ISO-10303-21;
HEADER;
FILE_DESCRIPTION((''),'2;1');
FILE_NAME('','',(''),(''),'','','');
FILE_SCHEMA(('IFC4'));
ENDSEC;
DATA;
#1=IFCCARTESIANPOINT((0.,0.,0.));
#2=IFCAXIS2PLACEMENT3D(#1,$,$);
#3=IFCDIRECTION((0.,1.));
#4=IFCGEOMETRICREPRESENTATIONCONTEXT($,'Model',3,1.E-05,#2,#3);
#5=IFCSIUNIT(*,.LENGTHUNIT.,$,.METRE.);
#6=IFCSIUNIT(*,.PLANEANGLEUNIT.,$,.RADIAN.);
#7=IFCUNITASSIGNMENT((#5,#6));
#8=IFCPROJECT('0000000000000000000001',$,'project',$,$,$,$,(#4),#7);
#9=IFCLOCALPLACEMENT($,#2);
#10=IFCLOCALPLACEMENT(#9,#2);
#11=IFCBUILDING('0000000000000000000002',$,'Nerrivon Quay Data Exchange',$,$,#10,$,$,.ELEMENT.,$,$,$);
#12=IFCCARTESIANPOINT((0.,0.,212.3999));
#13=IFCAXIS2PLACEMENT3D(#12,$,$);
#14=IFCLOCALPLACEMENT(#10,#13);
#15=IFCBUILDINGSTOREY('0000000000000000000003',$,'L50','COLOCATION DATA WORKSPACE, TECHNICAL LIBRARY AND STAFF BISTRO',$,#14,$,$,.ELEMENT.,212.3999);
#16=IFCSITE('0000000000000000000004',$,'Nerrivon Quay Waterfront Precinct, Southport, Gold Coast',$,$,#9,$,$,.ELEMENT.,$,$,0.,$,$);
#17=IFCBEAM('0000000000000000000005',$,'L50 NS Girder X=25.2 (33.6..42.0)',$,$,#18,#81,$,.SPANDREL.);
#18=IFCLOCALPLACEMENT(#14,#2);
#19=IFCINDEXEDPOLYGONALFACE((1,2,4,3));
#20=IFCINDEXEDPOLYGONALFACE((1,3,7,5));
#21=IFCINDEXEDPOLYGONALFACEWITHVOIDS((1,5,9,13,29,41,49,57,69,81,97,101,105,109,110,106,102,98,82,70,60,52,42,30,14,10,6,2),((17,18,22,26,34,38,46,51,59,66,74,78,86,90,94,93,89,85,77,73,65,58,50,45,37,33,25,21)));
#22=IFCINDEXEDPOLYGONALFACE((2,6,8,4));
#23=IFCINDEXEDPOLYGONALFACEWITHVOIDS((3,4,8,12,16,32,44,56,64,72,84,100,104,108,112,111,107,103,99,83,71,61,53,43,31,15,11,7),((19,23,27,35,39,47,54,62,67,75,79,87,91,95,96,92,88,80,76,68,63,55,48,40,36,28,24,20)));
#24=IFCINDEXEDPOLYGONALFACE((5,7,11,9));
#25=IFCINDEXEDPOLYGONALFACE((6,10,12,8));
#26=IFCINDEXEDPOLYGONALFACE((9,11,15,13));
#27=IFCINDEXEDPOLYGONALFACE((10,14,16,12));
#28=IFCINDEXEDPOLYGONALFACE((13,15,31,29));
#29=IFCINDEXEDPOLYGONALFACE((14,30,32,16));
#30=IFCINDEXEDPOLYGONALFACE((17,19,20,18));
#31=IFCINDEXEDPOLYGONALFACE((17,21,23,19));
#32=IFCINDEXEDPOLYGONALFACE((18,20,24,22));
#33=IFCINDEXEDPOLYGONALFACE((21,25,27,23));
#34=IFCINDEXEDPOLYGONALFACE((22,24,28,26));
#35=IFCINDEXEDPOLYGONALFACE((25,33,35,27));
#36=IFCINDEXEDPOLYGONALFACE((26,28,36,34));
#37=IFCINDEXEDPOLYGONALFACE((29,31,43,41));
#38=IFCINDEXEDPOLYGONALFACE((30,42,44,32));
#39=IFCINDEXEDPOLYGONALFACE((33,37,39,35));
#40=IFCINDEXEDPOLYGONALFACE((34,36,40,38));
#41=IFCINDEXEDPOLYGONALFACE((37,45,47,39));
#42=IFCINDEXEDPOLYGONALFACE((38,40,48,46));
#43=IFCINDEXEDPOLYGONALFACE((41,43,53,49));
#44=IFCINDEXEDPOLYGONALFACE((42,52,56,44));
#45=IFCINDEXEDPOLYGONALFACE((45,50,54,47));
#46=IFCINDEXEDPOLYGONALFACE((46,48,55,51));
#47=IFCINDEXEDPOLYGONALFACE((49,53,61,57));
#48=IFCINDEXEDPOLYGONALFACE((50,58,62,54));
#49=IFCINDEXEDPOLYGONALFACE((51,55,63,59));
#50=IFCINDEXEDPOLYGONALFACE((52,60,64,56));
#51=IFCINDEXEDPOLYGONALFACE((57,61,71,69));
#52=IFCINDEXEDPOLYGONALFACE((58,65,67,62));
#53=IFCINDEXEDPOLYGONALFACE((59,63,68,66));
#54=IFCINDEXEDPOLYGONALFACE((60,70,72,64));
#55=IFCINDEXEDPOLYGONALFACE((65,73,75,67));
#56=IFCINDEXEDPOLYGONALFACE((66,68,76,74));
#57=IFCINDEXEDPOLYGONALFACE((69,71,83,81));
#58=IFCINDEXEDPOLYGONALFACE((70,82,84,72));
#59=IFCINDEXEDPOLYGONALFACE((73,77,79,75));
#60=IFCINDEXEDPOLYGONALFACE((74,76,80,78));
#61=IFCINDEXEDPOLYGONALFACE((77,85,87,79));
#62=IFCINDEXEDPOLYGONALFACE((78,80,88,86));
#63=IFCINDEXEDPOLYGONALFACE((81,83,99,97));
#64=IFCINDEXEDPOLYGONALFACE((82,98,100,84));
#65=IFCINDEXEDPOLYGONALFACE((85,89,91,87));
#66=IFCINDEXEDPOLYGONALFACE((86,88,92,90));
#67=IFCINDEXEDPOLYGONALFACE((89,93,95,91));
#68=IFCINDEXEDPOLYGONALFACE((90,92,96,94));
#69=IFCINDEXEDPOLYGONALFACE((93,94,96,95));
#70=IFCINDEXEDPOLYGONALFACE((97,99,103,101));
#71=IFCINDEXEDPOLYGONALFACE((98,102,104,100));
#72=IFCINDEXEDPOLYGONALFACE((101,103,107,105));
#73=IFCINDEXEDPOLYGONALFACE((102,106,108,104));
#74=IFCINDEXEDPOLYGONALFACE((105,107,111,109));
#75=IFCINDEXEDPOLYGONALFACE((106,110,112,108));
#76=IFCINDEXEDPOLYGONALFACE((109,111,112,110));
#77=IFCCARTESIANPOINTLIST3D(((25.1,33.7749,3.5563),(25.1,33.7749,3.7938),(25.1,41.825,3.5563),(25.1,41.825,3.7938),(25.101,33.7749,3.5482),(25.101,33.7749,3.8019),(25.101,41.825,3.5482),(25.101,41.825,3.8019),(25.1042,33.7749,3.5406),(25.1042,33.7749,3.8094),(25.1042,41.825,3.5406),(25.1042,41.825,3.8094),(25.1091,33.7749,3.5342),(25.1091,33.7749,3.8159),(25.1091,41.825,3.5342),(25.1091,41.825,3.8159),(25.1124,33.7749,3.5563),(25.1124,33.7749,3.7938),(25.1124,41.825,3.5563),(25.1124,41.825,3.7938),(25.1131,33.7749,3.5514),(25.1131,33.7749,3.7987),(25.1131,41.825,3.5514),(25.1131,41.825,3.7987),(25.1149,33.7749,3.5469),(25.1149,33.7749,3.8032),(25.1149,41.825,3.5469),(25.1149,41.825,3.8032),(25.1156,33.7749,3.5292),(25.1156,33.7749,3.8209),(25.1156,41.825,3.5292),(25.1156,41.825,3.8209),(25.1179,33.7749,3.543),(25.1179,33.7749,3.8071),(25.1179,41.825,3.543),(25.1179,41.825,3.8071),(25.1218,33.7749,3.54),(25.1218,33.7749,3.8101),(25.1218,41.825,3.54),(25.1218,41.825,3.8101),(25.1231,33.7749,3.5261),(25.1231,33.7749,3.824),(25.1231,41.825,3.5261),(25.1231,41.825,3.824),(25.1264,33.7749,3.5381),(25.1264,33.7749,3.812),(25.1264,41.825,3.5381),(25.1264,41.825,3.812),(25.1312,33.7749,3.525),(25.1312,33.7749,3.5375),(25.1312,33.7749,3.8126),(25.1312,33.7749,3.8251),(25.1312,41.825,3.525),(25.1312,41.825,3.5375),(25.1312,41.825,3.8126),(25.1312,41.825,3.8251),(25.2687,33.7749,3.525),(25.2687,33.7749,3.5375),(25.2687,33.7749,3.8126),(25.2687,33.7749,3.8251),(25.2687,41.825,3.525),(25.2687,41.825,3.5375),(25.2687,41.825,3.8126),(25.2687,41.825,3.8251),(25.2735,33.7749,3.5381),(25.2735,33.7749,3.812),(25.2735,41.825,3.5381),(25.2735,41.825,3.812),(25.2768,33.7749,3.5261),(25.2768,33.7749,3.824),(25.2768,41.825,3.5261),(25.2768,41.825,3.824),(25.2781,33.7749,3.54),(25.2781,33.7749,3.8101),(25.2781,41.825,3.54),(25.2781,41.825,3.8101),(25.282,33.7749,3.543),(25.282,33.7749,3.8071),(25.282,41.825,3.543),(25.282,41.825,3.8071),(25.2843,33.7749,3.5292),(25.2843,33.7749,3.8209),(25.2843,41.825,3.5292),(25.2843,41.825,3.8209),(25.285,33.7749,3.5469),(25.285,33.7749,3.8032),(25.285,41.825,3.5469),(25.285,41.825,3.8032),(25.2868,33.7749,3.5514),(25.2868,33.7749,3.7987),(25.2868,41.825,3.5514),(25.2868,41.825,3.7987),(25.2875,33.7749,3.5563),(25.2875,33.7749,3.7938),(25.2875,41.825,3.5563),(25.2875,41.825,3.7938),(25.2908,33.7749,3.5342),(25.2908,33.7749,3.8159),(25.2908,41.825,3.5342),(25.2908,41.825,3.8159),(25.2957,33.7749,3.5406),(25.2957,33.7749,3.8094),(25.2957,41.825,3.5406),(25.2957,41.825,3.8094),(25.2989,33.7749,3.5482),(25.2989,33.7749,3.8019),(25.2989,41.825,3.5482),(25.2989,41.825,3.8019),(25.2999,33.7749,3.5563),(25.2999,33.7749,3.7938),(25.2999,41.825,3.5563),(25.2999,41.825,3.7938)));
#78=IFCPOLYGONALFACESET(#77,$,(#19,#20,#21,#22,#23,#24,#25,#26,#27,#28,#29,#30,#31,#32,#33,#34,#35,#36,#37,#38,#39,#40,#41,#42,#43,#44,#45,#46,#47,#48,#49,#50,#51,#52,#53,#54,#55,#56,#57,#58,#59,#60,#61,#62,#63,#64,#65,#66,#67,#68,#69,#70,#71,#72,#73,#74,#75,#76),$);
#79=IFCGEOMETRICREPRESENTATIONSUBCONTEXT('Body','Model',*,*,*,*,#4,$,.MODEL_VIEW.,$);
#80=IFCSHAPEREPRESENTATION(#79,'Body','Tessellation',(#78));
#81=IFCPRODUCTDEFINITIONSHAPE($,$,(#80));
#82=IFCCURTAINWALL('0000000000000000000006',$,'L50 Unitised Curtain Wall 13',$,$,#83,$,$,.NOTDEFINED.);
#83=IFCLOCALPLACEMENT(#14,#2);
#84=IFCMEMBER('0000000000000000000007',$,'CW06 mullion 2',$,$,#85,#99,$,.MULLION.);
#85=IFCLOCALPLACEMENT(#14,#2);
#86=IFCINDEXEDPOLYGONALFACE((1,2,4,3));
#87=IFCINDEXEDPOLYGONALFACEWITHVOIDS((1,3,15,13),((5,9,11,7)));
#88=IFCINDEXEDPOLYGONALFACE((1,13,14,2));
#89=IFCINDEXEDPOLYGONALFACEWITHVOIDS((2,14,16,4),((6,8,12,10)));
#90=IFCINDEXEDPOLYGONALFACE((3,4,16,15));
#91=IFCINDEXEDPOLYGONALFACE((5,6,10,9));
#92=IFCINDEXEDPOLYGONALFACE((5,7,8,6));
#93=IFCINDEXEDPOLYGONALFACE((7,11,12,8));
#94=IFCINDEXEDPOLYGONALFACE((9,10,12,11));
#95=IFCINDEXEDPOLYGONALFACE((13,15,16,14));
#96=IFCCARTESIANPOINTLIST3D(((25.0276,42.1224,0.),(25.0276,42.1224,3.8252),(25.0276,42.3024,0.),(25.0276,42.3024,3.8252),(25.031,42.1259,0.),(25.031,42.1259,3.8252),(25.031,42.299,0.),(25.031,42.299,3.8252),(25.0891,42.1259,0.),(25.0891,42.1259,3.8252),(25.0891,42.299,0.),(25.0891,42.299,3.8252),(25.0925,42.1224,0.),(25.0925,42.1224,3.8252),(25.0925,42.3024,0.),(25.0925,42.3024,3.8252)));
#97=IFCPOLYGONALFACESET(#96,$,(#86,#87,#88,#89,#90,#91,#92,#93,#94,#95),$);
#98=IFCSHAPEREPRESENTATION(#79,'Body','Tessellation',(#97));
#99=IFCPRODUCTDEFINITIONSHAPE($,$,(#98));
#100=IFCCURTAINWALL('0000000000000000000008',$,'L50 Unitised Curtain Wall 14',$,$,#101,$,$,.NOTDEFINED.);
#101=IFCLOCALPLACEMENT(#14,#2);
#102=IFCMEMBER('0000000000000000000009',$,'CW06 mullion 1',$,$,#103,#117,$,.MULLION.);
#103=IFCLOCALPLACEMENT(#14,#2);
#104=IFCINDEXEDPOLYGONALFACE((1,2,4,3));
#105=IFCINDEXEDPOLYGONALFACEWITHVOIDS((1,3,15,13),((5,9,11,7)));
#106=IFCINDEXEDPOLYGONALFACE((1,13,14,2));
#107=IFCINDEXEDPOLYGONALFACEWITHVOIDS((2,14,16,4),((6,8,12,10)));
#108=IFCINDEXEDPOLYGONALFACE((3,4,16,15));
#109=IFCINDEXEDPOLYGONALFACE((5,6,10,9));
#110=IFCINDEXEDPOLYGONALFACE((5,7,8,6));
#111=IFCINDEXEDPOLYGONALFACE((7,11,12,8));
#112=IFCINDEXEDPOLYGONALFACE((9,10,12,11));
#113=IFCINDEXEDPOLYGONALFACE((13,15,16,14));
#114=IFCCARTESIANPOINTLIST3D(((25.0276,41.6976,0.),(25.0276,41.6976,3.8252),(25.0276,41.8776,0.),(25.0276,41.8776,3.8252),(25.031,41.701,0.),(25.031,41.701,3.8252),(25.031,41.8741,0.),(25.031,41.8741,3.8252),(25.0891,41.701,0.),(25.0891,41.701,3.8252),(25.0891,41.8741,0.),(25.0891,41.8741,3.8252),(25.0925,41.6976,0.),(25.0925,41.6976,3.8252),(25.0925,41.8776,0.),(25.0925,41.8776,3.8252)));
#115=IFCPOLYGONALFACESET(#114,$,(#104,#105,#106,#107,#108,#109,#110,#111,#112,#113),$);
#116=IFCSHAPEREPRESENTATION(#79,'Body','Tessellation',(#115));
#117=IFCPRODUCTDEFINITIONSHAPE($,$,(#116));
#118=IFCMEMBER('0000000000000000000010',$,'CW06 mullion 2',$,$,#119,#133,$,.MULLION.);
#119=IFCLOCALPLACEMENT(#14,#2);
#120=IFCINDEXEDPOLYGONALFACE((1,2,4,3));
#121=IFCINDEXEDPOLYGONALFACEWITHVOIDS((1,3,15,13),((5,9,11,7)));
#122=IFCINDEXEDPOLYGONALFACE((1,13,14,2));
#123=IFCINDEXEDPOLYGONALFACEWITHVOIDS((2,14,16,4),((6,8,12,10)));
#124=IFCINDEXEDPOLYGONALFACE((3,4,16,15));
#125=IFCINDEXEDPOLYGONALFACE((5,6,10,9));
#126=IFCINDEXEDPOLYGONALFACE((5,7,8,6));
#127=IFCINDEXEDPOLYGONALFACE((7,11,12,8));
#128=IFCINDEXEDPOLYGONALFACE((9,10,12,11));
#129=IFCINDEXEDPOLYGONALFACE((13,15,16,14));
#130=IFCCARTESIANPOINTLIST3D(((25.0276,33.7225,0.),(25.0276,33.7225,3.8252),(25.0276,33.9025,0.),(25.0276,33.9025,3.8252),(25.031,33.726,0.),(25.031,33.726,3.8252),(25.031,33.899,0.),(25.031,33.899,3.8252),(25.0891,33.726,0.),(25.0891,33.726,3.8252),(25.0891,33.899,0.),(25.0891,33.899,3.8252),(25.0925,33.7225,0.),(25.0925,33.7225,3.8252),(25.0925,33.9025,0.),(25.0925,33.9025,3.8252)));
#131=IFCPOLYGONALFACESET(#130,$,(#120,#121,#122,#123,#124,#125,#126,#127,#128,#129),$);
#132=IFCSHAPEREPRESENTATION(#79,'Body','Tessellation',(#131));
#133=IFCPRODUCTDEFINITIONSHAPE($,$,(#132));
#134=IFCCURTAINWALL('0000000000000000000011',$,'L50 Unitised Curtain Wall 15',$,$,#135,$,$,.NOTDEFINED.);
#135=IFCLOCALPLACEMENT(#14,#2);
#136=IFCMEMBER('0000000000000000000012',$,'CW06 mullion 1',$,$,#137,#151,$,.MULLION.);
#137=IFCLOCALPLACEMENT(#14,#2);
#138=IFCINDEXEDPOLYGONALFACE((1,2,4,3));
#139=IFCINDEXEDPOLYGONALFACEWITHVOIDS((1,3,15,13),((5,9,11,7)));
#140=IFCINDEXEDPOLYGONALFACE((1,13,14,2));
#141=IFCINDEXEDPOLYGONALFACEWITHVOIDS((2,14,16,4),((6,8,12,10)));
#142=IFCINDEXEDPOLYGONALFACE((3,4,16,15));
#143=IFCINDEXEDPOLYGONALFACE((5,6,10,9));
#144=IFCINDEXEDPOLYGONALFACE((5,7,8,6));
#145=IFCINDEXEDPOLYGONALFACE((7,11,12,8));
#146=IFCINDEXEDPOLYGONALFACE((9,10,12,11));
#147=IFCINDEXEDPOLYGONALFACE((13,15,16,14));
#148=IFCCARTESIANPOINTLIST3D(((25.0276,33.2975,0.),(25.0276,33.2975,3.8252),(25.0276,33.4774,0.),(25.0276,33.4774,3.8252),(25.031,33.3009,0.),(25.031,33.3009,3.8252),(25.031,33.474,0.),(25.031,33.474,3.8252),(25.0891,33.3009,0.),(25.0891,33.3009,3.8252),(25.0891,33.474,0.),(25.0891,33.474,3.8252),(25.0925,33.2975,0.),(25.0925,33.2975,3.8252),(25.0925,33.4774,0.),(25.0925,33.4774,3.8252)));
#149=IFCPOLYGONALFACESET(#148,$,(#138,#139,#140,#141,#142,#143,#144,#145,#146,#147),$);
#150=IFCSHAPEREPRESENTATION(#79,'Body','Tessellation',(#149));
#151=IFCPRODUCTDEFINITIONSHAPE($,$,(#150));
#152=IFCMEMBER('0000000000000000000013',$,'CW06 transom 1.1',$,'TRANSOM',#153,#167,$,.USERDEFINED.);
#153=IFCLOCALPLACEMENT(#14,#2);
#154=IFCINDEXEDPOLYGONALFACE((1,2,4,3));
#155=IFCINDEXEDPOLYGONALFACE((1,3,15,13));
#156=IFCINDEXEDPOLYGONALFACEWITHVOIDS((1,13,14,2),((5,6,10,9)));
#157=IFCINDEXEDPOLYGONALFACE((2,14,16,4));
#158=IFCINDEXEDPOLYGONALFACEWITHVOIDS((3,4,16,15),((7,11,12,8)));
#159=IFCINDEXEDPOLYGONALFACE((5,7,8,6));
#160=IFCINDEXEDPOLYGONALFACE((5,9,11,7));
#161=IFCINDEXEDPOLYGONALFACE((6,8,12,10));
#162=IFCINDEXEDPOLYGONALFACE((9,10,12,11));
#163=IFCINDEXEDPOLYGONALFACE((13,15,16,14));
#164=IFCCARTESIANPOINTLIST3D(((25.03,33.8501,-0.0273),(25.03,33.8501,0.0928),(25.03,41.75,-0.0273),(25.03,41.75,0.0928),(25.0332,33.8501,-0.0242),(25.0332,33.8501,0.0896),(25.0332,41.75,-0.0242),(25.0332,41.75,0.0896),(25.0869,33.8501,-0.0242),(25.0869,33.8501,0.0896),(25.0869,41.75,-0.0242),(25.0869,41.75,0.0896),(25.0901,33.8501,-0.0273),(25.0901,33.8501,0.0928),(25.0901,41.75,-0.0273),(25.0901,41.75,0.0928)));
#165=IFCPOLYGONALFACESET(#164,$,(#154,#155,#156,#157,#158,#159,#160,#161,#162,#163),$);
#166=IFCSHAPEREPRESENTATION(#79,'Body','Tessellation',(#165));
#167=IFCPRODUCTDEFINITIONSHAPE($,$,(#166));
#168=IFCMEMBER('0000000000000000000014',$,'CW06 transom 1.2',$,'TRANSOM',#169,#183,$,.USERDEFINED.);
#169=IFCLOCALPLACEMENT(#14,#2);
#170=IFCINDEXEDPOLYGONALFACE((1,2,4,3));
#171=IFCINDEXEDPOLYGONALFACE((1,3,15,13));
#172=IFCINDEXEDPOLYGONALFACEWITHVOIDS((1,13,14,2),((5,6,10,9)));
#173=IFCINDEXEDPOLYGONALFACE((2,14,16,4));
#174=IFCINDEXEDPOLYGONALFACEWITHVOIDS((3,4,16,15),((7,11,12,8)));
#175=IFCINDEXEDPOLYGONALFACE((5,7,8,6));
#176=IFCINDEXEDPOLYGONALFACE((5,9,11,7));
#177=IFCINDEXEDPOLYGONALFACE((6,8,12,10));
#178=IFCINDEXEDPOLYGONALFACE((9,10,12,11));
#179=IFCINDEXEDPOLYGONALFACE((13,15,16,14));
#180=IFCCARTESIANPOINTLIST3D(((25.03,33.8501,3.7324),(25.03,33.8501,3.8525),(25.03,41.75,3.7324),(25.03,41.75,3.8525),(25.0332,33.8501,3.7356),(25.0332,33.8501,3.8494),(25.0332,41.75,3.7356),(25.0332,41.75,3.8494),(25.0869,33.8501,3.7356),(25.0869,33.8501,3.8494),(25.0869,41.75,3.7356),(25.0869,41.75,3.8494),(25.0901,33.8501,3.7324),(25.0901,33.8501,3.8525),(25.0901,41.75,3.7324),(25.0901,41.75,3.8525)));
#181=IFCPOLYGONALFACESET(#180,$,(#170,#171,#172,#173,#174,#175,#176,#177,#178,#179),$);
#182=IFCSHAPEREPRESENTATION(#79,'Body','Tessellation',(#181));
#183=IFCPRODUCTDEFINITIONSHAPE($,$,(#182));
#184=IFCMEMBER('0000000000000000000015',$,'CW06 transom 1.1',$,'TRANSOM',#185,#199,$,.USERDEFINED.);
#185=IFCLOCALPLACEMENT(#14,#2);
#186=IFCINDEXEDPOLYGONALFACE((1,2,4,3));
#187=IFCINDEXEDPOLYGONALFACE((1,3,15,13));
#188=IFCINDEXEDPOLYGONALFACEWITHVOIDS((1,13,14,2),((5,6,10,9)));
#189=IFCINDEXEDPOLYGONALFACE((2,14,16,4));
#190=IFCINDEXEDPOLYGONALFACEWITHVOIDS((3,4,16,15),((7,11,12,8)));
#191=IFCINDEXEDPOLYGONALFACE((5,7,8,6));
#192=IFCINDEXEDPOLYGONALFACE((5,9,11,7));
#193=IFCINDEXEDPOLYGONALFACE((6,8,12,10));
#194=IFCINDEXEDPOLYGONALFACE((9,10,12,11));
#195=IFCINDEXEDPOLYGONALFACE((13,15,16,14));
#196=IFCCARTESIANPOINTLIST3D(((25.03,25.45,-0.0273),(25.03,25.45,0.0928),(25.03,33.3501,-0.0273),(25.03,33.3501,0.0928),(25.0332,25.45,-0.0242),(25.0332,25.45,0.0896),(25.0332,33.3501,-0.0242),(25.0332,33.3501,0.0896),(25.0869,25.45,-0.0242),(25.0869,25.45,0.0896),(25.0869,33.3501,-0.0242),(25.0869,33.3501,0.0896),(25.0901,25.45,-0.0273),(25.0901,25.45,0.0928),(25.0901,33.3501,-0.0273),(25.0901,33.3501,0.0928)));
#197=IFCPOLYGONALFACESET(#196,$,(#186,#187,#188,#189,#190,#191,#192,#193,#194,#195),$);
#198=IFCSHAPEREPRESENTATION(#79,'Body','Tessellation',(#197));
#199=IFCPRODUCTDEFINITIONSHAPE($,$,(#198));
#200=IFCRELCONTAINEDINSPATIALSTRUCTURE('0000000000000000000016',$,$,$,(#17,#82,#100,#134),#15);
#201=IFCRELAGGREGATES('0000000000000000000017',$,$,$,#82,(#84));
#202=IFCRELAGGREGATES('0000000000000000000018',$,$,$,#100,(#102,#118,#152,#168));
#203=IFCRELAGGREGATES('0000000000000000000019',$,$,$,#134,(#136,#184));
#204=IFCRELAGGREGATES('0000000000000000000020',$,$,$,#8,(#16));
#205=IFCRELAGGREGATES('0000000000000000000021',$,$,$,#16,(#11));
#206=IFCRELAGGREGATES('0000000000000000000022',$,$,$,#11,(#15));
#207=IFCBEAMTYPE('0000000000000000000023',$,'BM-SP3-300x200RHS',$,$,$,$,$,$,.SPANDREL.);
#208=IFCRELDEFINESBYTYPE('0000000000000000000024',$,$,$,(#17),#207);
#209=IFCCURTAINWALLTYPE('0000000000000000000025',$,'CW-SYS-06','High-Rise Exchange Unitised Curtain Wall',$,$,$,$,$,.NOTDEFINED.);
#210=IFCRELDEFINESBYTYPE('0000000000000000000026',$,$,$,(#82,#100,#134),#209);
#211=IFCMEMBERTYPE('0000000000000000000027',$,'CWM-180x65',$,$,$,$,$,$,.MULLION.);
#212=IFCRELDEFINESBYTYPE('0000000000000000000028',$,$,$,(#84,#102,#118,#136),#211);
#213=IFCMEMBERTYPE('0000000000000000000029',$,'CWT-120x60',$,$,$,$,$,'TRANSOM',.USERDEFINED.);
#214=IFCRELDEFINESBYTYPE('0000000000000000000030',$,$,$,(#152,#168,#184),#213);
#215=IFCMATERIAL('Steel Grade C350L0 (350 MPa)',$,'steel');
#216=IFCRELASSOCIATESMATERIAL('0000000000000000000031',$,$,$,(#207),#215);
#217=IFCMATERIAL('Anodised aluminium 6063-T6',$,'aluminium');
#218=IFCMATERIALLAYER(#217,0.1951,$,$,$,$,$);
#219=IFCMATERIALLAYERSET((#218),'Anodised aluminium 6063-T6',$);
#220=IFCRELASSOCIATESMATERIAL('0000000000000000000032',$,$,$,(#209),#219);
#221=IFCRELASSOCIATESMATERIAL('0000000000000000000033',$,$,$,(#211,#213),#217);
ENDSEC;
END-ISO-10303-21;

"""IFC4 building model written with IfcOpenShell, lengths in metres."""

from ifc_helpers import new_model, si_unit, direction, frame, origin, origin_2d, place, context, subcontext, project, spatial, hollow_rectangle, extrude, material, layer, layer_set, material_profile, profile_set, type_object, element, aggregate, save


model = new_model("IFC4")

# Units and contexts
model_context = context("Model", 3, precision=1e-05, world=origin(), true_north=direction((0.0, 1.0)))
body_context = subcontext(model_context, "Body", "Model", "MODEL_VIEW")
ifc_project = project(units=[si_unit("LENGTHUNIT", "METRE"), si_unit("PLANEANGLEUNIT", "RADIAN")], contexts=[model_context])

# Site, building, storey
site_placement = place(None, origin())
site = spatial("IfcSite", under=ifc_project, at=site_placement, Name="Nerrivon Quay Waterfront Precinct, Southport, Gold Coast", CompositionType="ELEMENT", RefElevation=0.0)
building_placement = place(site_placement, origin())
building = spatial("IfcBuilding", under=site, at=building_placement, Name="Nerrivon Quay Data Exchange", CompositionType="ELEMENT")
storey_placement = place(building_placement, frame((0.0, 0.0, 212.3999)))
storey = spatial("IfcBuildingStorey", under=building, at=storey_placement, Name="L50", Description="COLOCATION DATA WORKSPACE, TECHNICAL LIBRARY AND STAFF BISTRO", CompositionType="ELEMENT", Elevation=212.3999)

# Beam
ifc_material_1 = material(Name="Steel Grade C350L0 (350 MPa)", Category="steel")
ifc_material_profile_1 = material_profile(ifc_material_1, hollow_rectangle(XDim=0.2, YDim=0.3, WallThickness=0.0125, InnerFilletRadius=0.0188, OuterFilletRadius=0.0312, at=origin_2d()), Name="300x200x12.5RHS")
ifc_profile_set_1 = profile_set([ifc_material_profile_1], Name="Steel Grade C350L0 (350 MPa)")
beam_type_1 = type_object("IfcBeamType", Name="BM-SP3-300x200RHS", PredefinedType="SPANDREL", material=ifc_profile_set_1)
beam_1_placement = place(storey_placement, frame((25.2, 33.7749, 3.675), z_axis=(0.0, 1.0, 0.0), x_axis=(-1.0, 0.0, 0.0)))
element("IfcBeam", 1, at=beam_1_placement, inside=storey, type_object=beam_type_1, Name="L50 NS Girder X=25.2 (33.6..42.0)", PredefinedType="SPANDREL", context=body_context, shape_type="SweptSolid", body=[
    extrude(hollow_rectangle(XDim=0.2, YDim=0.3, WallThickness=0.0125, InnerFilletRadius=0.0188, OuterFilletRadius=0.0312, at=origin_2d()), origin(), (0.0, 0.0, 1.0), 8.05),
])

# Curtain wall, member
ifc_material_2 = material(Name="Anodised aluminium 6063-T6", Category="aluminium")
ifc_layer_1 = layer(ifc_material_2, 0.1951)
ifc_layer_set_1 = layer_set([ifc_layer_1], Name="Anodised aluminium 6063-T6")
curtain_wall_type = type_object("IfcCurtainWallType", Name="CW-SYS-06", Description="High-Rise Exchange Unitised Curtain Wall", PredefinedType="NOTDEFINED", material=ifc_layer_set_1)
curtain_wall_1_placement = place(storey_placement, origin())
curtain_wall_1 = element("IfcCurtainWall", 2, at=curtain_wall_1_placement, inside=storey, type_object=curtain_wall_type, Name="L50 Unitised Curtain Wall 13", PredefinedType="NOTDEFINED")
ifc_material_profile_2 = material_profile(ifc_material_2, hollow_rectangle(XDim=0.0649, YDim=0.1799, WallThickness=0.0034, at=origin_2d()), Name="ALU-MULL-180x65")
ifc_profile_set_2 = profile_set([ifc_material_profile_2], Name="Anodised aluminium 6063-T6")
member_type_1 = type_object("IfcMemberType", Name="CWM-180x65", PredefinedType="MULLION", material=ifc_profile_set_2)
member_1_placement = place(storey_placement, frame((25.0601, 42.2124, 0.0), z_axis=(0.0, 0.0, 1.0), x_axis=(1.0, 0.0, 0.0)))
member_1 = element("IfcMember", 3, at=member_1_placement, type_object=member_type_1, Name="CW06 mullion 2", PredefinedType="MULLION", context=body_context, shape_type="SweptSolid", body=[
    extrude(hollow_rectangle(XDim=0.0649, YDim=0.1799, WallThickness=0.0034, at=origin_2d()), origin(), (0.0, 0.0, 1.0), 3.8252),
])
aggregate(curtain_wall_1, [member_1])

# Curtain wall, members
curtain_wall_2_placement = place(storey_placement, origin())
curtain_wall_2 = element("IfcCurtainWall", 4, at=curtain_wall_2_placement, inside=storey, type_object=curtain_wall_type, Name="L50 Unitised Curtain Wall 14", PredefinedType="NOTDEFINED")
member_2_placement = place(storey_placement, frame((25.0601, 41.7876, 0.0), z_axis=(0.0, 0.0, 1.0), x_axis=(1.0, 0.0, 0.0)))
member_2 = element("IfcMember", 5, at=member_2_placement, type_object=member_type_1, Name="CW06 mullion 1", PredefinedType="MULLION", context=body_context, shape_type="SweptSolid", body=[
    extrude(hollow_rectangle(XDim=0.0649, YDim=0.1799, WallThickness=0.0034, at=origin_2d()), origin(), (0.0, 0.0, 1.0), 3.8252),
])
member_3_placement = place(storey_placement, frame((25.0601, 33.8125, 0.0), z_axis=(0.0, 0.0, 1.0), x_axis=(1.0, 0.0, 0.0)))
member_3 = element("IfcMember", 6, at=member_3_placement, type_object=member_type_1, Name="CW06 mullion 2", PredefinedType="MULLION", context=body_context, shape_type="SweptSolid", body=[
    extrude(hollow_rectangle(XDim=0.0649, YDim=0.1799, WallThickness=0.0034, at=origin_2d()), origin(), (0.0, 0.0, 1.0), 3.8252),
])

# Curtain wall, member
curtain_wall_3_placement = place(storey_placement, origin())
curtain_wall_3 = element("IfcCurtainWall", 7, at=curtain_wall_3_placement, inside=storey, type_object=curtain_wall_type, Name="L50 Unitised Curtain Wall 15", PredefinedType="NOTDEFINED")
member_4_placement = place(storey_placement, frame((25.0601, 33.3875, 0.0), z_axis=(0.0, 0.0, 1.0), x_axis=(1.0, 0.0, 0.0)))
member_4 = element("IfcMember", 8, at=member_4_placement, type_object=member_type_1, Name="CW06 mullion 1", PredefinedType="MULLION", context=body_context, shape_type="SweptSolid", body=[
    extrude(hollow_rectangle(XDim=0.0649, YDim=0.1799, WallThickness=0.0034, at=origin_2d()), origin(), (0.0, 0.0, 1.0), 3.8252),
])

# Members
ifc_material_profile_3 = material_profile(ifc_material_2, hollow_rectangle(XDim=0.0601, YDim=0.1201, WallThickness=0.0032, at=origin_2d()), Name="ALU-TRAN-120x60")
ifc_profile_set_3 = profile_set([ifc_material_profile_3], Name="Anodised aluminium 6063-T6")
member_type_2 = type_object("IfcMemberType", Name="CWT-120x60", ElementType="TRANSOM", PredefinedType="USERDEFINED", material=ifc_profile_set_3)
member_5_placement = place(storey_placement, frame((25.0601, 41.75, 0.0327), z_axis=(0.0, -1.0, 0.0), x_axis=(1.0, 0.0, 0.0)))
member_5 = element("IfcMember", 9, at=member_5_placement, type_object=member_type_2, Name="CW06 transom 1.1", ObjectType="TRANSOM", PredefinedType="USERDEFINED", context=body_context, shape_type="SweptSolid", body=[
    extrude(hollow_rectangle(XDim=0.0601, YDim=0.1201, WallThickness=0.0032, at=origin_2d()), origin(), (0.0, 0.0, 1.0), 7.8999),
])
member_6_placement = place(storey_placement, frame((25.0601, 41.75, 3.7925), z_axis=(0.0, -1.0, 0.0), x_axis=(1.0, 0.0, 0.0)))
member_6 = element("IfcMember", 10, at=member_6_placement, type_object=member_type_2, Name="CW06 transom 1.2", ObjectType="TRANSOM", PredefinedType="USERDEFINED", context=body_context, shape_type="SweptSolid", body=[
    extrude(hollow_rectangle(XDim=0.0601, YDim=0.1201, WallThickness=0.0032, at=origin_2d()), origin(), (0.0, 0.0, 1.0), 7.8999),
])
member_7_placement = place(storey_placement, frame((25.0601, 33.3501, 0.0327), z_axis=(0.0, -1.0, 0.0), x_axis=(1.0, 0.0, 0.0)))
member_7 = element("IfcMember", 11, at=member_7_placement, type_object=member_type_2, Name="CW06 transom 1.1", ObjectType="TRANSOM", PredefinedType="USERDEFINED", context=body_context, shape_type="SweptSolid", body=[
    extrude(hollow_rectangle(XDim=0.0601, YDim=0.1201, WallThickness=0.0032, at=origin_2d()), origin(), (0.0, 0.0, 1.0), 7.9001),
])

aggregate(curtain_wall_2, [member_2, member_3, member_5, member_6])
aggregate(curtain_wall_3, [member_4, member_7])

save(model, "model.ifc")
